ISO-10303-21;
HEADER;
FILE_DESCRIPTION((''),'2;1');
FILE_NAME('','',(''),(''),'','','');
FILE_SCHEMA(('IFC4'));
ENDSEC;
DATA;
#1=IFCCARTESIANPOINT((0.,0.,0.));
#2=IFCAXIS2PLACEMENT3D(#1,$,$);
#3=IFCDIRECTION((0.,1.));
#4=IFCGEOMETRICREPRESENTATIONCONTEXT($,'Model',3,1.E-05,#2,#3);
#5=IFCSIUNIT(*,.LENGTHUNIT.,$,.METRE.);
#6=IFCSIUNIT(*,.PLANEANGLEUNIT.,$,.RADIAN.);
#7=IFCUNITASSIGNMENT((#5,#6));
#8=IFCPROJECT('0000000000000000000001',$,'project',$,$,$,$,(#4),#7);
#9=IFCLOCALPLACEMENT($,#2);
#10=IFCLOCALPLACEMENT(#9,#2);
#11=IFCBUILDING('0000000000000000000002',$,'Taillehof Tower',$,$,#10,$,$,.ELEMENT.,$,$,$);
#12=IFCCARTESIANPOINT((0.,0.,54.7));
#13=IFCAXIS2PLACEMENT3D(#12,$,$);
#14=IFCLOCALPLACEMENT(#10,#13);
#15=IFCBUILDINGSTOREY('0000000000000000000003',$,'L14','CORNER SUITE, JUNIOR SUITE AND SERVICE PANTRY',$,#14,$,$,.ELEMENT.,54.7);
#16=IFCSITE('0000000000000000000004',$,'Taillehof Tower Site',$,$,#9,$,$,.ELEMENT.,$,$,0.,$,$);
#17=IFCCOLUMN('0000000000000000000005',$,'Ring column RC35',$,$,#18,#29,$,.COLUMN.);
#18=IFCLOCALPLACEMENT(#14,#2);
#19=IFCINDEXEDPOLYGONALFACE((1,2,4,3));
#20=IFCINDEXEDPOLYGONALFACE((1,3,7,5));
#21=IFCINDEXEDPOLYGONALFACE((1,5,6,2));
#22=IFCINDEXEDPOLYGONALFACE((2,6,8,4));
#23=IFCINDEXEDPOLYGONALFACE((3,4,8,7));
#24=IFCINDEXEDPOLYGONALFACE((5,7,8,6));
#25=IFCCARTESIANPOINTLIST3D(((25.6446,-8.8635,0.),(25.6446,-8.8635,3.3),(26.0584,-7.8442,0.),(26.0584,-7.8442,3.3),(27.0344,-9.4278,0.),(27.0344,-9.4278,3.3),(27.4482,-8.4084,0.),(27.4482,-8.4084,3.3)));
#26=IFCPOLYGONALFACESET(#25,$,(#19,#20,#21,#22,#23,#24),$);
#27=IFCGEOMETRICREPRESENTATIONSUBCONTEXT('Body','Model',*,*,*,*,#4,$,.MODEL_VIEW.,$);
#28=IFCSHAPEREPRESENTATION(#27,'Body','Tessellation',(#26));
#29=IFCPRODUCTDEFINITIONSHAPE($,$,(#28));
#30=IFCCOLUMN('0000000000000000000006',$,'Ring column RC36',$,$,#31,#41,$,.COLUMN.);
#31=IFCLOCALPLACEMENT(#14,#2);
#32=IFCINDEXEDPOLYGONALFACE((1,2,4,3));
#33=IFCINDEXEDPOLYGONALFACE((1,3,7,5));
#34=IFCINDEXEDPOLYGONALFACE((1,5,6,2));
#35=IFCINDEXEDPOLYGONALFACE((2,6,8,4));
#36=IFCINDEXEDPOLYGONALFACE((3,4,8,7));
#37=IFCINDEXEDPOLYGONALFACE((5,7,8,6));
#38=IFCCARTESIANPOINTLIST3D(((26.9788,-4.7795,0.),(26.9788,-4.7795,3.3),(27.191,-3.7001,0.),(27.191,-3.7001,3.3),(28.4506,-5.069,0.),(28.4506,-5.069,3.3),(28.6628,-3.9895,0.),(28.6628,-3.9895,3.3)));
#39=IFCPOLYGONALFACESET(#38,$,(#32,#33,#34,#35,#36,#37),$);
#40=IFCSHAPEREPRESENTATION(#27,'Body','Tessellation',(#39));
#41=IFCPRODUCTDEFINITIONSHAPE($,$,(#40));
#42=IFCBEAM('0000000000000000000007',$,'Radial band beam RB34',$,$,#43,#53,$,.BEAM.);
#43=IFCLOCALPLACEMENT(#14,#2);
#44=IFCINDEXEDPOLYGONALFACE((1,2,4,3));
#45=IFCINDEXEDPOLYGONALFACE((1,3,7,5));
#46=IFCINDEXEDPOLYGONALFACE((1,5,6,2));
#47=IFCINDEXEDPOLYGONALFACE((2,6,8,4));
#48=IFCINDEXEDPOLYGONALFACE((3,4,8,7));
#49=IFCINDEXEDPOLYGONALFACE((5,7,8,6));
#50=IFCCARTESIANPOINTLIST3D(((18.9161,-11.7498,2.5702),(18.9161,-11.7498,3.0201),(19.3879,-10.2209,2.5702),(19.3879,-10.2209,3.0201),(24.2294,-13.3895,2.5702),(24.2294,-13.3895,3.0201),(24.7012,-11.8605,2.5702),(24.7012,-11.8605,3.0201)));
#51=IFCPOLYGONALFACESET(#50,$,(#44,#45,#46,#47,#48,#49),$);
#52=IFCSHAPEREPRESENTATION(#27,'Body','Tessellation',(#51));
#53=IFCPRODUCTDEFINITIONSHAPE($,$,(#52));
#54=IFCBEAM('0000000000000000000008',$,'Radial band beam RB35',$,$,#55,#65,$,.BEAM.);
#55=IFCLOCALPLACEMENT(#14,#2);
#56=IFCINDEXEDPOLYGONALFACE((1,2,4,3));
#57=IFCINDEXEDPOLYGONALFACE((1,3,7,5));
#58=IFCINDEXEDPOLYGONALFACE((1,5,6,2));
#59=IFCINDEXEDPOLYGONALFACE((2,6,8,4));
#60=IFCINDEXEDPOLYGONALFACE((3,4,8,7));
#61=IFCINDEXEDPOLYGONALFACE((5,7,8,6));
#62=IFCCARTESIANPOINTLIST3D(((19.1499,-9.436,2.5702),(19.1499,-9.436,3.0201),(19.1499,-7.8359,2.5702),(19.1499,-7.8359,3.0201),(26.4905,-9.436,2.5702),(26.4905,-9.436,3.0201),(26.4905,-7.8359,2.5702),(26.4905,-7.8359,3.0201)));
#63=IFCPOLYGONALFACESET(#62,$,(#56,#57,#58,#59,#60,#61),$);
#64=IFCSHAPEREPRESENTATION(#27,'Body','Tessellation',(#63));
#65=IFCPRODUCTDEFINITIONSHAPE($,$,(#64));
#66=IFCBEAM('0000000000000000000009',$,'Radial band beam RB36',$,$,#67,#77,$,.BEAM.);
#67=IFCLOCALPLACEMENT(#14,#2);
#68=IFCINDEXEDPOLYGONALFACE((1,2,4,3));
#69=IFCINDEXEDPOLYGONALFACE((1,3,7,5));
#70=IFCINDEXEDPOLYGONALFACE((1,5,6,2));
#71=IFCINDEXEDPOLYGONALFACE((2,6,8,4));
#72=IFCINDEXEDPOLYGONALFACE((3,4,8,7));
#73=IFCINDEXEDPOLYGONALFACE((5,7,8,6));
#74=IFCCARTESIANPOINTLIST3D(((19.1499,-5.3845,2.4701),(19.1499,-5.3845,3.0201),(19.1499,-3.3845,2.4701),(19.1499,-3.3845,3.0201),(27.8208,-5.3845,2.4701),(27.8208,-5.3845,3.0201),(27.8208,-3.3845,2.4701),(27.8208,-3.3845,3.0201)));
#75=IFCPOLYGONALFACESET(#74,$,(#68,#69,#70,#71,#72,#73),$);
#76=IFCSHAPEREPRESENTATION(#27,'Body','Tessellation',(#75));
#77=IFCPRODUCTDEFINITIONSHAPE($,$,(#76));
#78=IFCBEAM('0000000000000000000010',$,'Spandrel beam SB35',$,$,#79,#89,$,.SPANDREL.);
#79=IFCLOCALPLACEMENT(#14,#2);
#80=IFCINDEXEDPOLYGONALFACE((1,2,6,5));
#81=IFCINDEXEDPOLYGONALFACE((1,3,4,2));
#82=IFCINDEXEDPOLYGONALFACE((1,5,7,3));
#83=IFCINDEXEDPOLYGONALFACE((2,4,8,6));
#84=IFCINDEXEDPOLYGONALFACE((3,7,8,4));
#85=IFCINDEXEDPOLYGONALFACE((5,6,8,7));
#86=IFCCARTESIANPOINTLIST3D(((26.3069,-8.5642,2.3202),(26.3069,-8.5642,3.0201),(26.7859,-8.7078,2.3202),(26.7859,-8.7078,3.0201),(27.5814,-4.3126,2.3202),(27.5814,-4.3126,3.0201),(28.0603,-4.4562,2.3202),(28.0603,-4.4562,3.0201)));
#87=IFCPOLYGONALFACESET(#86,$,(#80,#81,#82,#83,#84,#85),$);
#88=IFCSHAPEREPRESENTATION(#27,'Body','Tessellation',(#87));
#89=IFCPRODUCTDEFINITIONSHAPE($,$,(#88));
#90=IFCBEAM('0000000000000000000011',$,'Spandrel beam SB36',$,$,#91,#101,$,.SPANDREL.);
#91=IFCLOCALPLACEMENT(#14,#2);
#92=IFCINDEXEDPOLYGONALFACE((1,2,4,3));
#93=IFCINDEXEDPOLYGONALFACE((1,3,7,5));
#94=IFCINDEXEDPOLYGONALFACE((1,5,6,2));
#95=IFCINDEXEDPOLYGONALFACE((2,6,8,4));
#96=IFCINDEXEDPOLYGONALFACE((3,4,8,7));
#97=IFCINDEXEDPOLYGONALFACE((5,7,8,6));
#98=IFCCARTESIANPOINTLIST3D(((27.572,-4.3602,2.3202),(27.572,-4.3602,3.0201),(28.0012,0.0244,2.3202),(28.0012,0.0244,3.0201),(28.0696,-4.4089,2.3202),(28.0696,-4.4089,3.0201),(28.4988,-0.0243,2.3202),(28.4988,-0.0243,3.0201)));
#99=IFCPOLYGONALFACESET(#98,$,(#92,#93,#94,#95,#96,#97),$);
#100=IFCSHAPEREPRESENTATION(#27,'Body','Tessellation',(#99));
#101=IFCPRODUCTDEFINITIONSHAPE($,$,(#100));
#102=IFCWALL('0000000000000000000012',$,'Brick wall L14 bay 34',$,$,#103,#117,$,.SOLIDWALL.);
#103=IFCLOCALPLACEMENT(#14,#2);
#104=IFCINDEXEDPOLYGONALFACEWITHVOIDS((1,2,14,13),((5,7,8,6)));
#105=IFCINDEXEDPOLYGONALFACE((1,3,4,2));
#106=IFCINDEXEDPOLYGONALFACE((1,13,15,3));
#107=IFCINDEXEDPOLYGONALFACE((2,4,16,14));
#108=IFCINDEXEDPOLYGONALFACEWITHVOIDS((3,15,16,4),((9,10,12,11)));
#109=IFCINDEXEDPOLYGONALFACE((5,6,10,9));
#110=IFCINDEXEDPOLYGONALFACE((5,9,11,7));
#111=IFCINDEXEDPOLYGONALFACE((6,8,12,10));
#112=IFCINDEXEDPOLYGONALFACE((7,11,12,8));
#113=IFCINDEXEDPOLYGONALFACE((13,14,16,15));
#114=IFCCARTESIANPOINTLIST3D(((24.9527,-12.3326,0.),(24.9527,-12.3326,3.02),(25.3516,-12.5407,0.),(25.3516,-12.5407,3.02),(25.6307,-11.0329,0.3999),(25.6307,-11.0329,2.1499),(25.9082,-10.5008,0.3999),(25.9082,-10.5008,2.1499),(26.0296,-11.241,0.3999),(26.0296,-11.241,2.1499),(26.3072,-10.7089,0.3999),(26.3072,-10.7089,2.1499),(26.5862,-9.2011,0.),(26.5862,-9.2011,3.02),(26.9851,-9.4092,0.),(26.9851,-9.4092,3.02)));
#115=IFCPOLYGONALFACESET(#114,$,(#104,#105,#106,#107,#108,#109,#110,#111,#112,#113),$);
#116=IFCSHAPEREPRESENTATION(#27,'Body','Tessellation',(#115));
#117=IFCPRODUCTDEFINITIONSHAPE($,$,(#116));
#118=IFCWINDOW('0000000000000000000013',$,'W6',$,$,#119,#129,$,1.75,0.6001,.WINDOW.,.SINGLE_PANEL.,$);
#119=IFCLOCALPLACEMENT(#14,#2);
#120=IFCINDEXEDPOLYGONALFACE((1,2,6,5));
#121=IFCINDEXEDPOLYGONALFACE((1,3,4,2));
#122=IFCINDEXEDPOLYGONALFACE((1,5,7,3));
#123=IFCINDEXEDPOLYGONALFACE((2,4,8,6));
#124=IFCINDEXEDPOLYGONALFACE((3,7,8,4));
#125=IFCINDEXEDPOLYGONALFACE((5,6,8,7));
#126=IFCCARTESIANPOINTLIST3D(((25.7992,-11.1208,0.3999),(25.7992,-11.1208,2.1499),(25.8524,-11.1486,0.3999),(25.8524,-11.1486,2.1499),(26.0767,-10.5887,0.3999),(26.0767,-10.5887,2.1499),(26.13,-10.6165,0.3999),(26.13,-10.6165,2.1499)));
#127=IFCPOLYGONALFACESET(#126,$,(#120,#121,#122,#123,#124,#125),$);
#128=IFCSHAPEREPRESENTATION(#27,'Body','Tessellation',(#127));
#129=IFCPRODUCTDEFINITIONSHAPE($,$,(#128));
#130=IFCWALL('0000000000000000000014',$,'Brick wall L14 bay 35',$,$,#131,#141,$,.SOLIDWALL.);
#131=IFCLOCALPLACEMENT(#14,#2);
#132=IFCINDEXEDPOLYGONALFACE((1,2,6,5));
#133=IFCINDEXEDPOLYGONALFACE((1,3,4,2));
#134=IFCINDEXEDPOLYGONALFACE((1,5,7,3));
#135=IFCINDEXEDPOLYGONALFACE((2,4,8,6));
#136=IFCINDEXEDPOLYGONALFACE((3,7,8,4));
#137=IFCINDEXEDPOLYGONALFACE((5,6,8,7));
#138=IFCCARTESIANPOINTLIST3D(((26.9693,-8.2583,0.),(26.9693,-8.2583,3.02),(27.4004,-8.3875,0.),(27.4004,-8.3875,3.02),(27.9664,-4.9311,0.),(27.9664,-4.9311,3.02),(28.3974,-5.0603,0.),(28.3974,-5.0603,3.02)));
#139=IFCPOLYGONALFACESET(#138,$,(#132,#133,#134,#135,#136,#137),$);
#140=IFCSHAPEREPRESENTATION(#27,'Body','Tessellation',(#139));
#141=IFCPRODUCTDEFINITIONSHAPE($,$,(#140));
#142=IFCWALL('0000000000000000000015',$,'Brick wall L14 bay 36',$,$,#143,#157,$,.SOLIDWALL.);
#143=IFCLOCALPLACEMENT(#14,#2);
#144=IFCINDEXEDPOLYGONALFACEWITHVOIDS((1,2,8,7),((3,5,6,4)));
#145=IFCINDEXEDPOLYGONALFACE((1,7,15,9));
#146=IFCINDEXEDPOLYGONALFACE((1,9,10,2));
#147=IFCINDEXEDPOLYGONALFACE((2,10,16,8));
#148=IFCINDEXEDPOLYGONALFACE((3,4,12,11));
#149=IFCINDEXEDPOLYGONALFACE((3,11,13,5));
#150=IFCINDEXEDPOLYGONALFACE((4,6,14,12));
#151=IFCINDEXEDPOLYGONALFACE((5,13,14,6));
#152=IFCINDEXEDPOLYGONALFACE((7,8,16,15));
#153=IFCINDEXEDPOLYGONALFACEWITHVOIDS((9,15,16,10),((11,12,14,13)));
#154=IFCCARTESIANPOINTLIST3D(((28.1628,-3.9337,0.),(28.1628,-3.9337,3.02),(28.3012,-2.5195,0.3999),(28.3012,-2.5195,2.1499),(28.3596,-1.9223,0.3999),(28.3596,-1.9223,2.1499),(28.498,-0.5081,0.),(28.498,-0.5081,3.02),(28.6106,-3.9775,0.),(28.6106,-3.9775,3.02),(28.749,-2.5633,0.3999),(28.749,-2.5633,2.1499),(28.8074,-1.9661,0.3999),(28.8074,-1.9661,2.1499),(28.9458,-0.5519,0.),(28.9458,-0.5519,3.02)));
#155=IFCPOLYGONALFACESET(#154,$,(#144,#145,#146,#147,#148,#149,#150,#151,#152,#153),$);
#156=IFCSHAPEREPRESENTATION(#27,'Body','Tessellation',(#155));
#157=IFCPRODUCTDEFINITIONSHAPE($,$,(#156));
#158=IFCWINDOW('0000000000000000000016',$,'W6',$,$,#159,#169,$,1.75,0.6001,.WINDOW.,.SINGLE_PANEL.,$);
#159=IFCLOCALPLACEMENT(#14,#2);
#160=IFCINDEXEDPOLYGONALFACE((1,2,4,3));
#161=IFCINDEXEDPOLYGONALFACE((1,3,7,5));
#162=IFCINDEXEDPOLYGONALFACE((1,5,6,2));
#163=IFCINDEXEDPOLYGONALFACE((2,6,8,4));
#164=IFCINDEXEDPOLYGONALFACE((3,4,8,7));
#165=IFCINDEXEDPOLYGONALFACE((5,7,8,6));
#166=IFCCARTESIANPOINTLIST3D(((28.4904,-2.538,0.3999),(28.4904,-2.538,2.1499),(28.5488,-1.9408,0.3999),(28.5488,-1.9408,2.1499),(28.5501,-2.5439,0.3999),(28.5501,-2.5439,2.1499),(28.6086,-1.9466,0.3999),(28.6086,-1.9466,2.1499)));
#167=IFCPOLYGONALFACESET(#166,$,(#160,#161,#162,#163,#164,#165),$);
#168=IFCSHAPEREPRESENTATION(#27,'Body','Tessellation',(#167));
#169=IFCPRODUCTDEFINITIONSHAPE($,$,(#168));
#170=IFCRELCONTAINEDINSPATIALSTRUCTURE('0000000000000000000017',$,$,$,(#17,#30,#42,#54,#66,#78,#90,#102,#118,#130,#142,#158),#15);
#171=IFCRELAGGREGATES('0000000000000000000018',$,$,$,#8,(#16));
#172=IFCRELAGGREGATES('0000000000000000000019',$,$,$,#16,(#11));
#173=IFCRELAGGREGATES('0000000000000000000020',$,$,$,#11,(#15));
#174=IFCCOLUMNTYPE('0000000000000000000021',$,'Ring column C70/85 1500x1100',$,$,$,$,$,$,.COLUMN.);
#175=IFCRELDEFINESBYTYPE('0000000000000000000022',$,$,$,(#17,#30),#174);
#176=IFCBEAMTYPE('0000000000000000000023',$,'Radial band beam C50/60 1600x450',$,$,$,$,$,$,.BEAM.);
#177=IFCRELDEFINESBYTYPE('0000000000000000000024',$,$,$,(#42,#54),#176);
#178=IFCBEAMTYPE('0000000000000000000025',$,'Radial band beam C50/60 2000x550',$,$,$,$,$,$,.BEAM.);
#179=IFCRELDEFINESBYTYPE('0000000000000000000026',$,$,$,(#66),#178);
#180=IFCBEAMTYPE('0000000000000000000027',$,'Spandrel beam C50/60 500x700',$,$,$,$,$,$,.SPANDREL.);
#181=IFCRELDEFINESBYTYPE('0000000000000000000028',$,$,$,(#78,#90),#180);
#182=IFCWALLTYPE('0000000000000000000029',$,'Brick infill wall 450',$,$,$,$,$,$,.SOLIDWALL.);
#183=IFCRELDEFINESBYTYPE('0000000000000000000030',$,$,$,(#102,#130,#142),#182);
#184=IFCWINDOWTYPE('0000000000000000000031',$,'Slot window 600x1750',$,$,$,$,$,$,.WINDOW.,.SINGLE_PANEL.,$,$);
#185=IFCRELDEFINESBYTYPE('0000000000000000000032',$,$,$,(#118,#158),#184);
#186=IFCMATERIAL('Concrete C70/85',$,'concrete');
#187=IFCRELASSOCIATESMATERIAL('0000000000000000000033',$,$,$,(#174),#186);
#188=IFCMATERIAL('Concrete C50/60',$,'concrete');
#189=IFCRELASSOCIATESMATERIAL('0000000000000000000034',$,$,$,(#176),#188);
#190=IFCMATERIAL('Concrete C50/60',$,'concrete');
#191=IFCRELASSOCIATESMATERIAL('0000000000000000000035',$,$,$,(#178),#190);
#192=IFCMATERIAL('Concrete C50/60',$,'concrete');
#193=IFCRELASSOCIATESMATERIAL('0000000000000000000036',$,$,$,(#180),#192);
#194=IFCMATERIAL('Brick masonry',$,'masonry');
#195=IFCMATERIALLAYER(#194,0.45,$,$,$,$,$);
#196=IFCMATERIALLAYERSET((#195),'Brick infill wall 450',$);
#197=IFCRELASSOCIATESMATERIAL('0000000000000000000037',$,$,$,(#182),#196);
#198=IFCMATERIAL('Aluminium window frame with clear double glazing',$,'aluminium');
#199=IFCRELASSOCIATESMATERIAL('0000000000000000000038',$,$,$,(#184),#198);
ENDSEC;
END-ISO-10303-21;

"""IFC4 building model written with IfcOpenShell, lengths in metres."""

from ifc_helpers import new_model, si_unit, direction, frame, frame_2d, origin, origin_2d, place, context, subcontext, project, spatial, rectangle, extrude, material, layer, layer_set, material_profile, profile_set, type_object, element, fill, save


model = new_model("IFC4")

# Units and contexts
model_context = context("Model", 3, precision=1e-05, world=origin(), true_north=direction((0.0, 1.0)))
body_context = subcontext(model_context, "Body", "Model", "MODEL_VIEW")
ifc_project = project(units=[si_unit("LENGTHUNIT", "METRE"), si_unit("PLANEANGLEUNIT", "RADIAN")], contexts=[model_context])

# Site, building, storey
site_placement = place(None, origin())
site = spatial("IfcSite", under=ifc_project, at=site_placement, Name="Taillehof Tower Site", CompositionType="ELEMENT", RefElevation=0.0)
building_placement = place(site_placement, origin())
building = spatial("IfcBuilding", under=site, at=building_placement, Name="Taillehof Tower", CompositionType="ELEMENT")
storey_placement = place(building_placement, frame((0.0, 0.0, 54.7)))
storey = spatial("IfcBuildingStorey", under=building, at=storey_placement, Name="L14", Description="CORNER SUITE, JUNIOR SUITE AND SERVICE PANTRY", CompositionType="ELEMENT", Elevation=54.7)

# Columns
ifc_material_1 = material(Name="Concrete C70/85", Category="concrete")
ifc_material_profile_1 = material_profile(ifc_material_1, rectangle(XDim=1.5, YDim=1.1001, at=origin_2d()), Name="RC 1500x1100")
ifc_profile_set_1 = profile_set([ifc_material_profile_1], Name="Concrete C70/85")
column_type = type_object("IfcColumnType", Name="Ring column C70/85 1500x1100", PredefinedType="COLUMN", material=ifc_profile_set_1)
for number, where, z_axis, x_axis, name in (
    (1, (26.5464, -8.636, 0.0), (0.0, 0.0, 1.0), (0.926558, -0.376152, 0.0), "Ring column RC35"),
    (2, (27.8208, -4.3845, 0.0), (0.0, 0.0, 1.0), (0.981204, -0.192976, 0.0), "Ring column RC36"),
):
    element("IfcColumn", number, at=place(storey_placement, frame(where, z_axis=z_axis, x_axis=x_axis)), inside=storey, type_object=column_type, Name=name, PredefinedType="COLUMN", context=body_context, shape_type="SweptSolid", body=[
        extrude(rectangle(XDim=1.5, YDim=1.1001, at=origin_2d()), origin(), (0.0, 0.0, 1.0), 3.3),
    ])

# Beams
ifc_material_2 = material(Name="Concrete C50/60", Category="concrete")
ifc_material_profile_2 = material_profile(ifc_material_2, rectangle(XDim=1.6001, YDim=0.45, at=origin_2d()), Name="RC 1600x450")
ifc_profile_set_2 = profile_set([ifc_material_profile_2], Name="Concrete C50/60")
beam_type_1 = type_object("IfcBeamType", Name="Radial band beam C50/60 1600x450", PredefinedType="BEAM", material=ifc_profile_set_2)
beam_1_placement = place(storey_placement, frame((24.4653, -12.625, 2.7952), z_axis=(-0.955536, 0.294876, 0.0), x_axis=(-0.294876, -0.955536, 0.0)))
element("IfcBeam", 3, at=beam_1_placement, inside=storey, type_object=beam_type_1, Name="Radial band beam RB34", PredefinedType="BEAM", context=body_context, shape_type="SweptSolid", body=[
    extrude(rectangle(XDim=1.6001, YDim=0.45, at=origin_2d()), origin(), (0.0, 0.0, 1.0), 5.5605),
])
beam_2_placement = place(storey_placement, frame((26.4905, -8.636, 2.7952), z_axis=(-1.0, 0.0, 0.0), x_axis=(0.0, -1.0, 0.0)))
element("IfcBeam", 4, at=beam_2_placement, inside=storey, type_object=beam_type_1, Name="Radial band beam RB35", PredefinedType="BEAM", context=body_context, shape_type="SweptSolid", body=[
    extrude(rectangle(XDim=1.6001, YDim=0.45, at=origin_2d()), origin(), (0.0, 0.0, 1.0), 7.3406),
])
ifc_material_3 = material(Name="Concrete C50/60", Category="concrete")
ifc_material_profile_3 = material_profile(ifc_material_3, rectangle(XDim=2.0, YDim=0.55, at=origin_2d()), Name="RC 2000x550")
ifc_profile_set_3 = profile_set([ifc_material_profile_3], Name="Concrete C50/60")
beam_type_2 = type_object("IfcBeamType", Name="Radial band beam C50/60 2000x550", PredefinedType="BEAM", material=ifc_profile_set_3)
beam_3_placement = place(storey_placement, frame((27.8208, -4.3845, 2.7451), z_axis=(-1.0, 0.0, 0.0), x_axis=(0.0, -1.0, 0.0)))
element("IfcBeam", 5, at=beam_3_placement, inside=storey, type_object=beam_type_2, Name="Radial band beam RB36", PredefinedType="BEAM", context=body_context, shape_type="SweptSolid", body=[
    extrude(rectangle(XDim=2.0, YDim=0.55, at=origin_2d()), origin(), (0.0, 0.0, 1.0), 8.6709),
])
ifc_material_4 = material(Name="Concrete C50/60", Category="concrete")
ifc_material_profile_4 = material_profile(ifc_material_4, rectangle(XDim=0.5, YDim=0.7, at=origin_2d()), Name="RC 500x700")
ifc_profile_set_4 = profile_set([ifc_material_profile_4], Name="Concrete C50/60")
beam_type_3 = type_object("IfcBeamType", Name="Spandrel beam C50/60 500x700", PredefinedType="SPANDREL", material=ifc_profile_set_4)
beam_4_placement = place(storey_placement, frame((26.5464, -8.636, 2.6702), z_axis=(0.287136, 0.95789, 0.0), x_axis=(-0.95789, 0.287136, 0.0)))
element("IfcBeam", 6, at=beam_4_placement, inside=storey, type_object=beam_type_3, Name="Spandrel beam SB35", PredefinedType="SPANDREL", context=body_context, shape_type="SweptSolid", body=[
    extrude(rectangle(XDim=0.5, YDim=0.7, at=origin_2d()), origin(), (0.0, 0.0, 1.0), 4.4385),
])
beam_5_placement = place(storey_placement, frame((27.8208, -4.3845, 2.6702), z_axis=(0.097424, 0.995243, 0.0), x_axis=(-0.995243, 0.097424, 0.0)))
element("IfcBeam", 7, at=beam_5_placement, inside=storey, type_object=beam_type_3, Name="Spandrel beam SB36", PredefinedType="SPANDREL", context=body_context, shape_type="SweptSolid", body=[
    extrude(rectangle(XDim=0.5, YDim=0.7, at=origin_2d()), origin(), (0.0, 0.0, 1.0), 4.4055),
])

# Wall, opening, window
ifc_material_5 = material(Name="Brick masonry", Category="masonry")
ifc_layer_1 = layer(ifc_material_5, 0.45)
ifc_layer_set_1 = layer_set([ifc_layer_1], Name="Brick infill wall 450")
wall_type_1 = type_object("IfcWallType", Name="Brick infill wall 450", PredefinedType="SOLIDWALL", material=ifc_layer_set_1)
wall_1_placement = place(storey_placement, frame((25.1521, -12.4368, 0.0), z_axis=(0.0, 0.0, 1.0), x_axis=(0.462493, 0.886623, 0.0)))
wall_1 = element("IfcWall", 8, at=wall_1_placement, inside=storey, type_object=wall_type_1, Name="Brick wall L14 bay 34", PredefinedType="SOLIDWALL", context=body_context, shape_type="SweptSolid", body=[
    extrude(rectangle(XDim=3.532, YDim=0.45, at=frame_2d((1.7661, 0.0))), origin(), (0.0, 0.0, 1.0), 3.02),
])
opening_1_placement = place(wall_1_placement, frame((1.4661, 0.0, 0.3999)))
opening_1 = element("IfcOpeningElement", 9, at=opening_1_placement, cuts=wall_1, PredefinedType="OPENING", context=body_context, shape_type="SweptSolid", body=[
    extrude(rectangle(XDim=0.6001, YDim=1.75, at=frame_2d((0.3, 0.875))), frame((0.0, 0.2349, 0.0), z_axis=(0.0, -1.0, 0.0), x_axis=(1.0, 0.0, 0.0)), (0.0, 0.0, 1.0), 0.47),
])
ifc_material_6 = material(Name="Aluminium window frame with clear double glazing", Category="aluminium")
window_type = type_object("IfcWindowType", Name="Slot window 600x1750", PartitioningType="SINGLE_PANEL", PredefinedType="WINDOW", material=ifc_material_6)
window_1_placement = place(opening_1_placement, origin())
window_1 = element("IfcWindow", 10, at=window_1_placement, inside=storey, type_object=window_type, Name="W6", OverallHeight=1.75, OverallWidth=0.6001, PartitioningType="SINGLE_PANEL", PredefinedType="WINDOW", context=body_context, shape_type="SweptSolid", body=[
    extrude(rectangle(XDim=0.6001, YDim=1.75, at=frame_2d((0.3, 0.875))), frame((0.0, 0.0349, 0.0), z_axis=(0.0, -1.0, 0.0), x_axis=(1.0, 0.0, 0.0)), (0.0, 0.0, 1.0), 0.0601),
])
fill(opening_1, window_1)

# Wall
wall_2_placement = place(storey_placement, frame((27.1848, -8.323, 0.0), z_axis=(0.0, 0.0, 1.0), x_axis=(0.287064, 0.957911, 0.0)))
element("IfcWall", 11, at=wall_2_placement, inside=storey, type_object=wall_type_1, Name="Brick wall L14 bay 35", PredefinedType="SOLIDWALL", context=body_context, shape_type="SweptSolid", body=[
    extrude(rectangle(XDim=3.4734, YDim=0.45, at=frame_2d((1.7368, 0.0))), origin(), (0.0, 0.0, 1.0), 3.02),
])

# Wall, opening, window
wall_3_placement = place(storey_placement, frame((28.3867, -3.9556, 0.0), z_axis=(0.0, 0.0, 1.0), x_axis=(0.09739, 0.995246, 0.0)))
wall_3 = element("IfcWall", 12, at=wall_3_placement, inside=storey, type_object=wall_type_1, Name="Brick wall L14 bay 36", PredefinedType="SOLIDWALL", context=body_context, shape_type="SweptSolid", body=[
    extrude(rectangle(XDim=3.4419, YDim=0.45, at=frame_2d((1.7209, 0.0))), origin(), (0.0, 0.0, 1.0), 3.02),
])
opening_2_placement = place(wall_3_placement, frame((1.4209, 0.0, 0.3999)))
opening_2 = element("IfcOpeningElement", 13, at=opening_2_placement, cuts=wall_3, PredefinedType="OPENING", context=body_context, shape_type="SweptSolid", body=[
    extrude(rectangle(XDim=0.6001, YDim=1.75, at=frame_2d((0.3, 0.875))), frame((0.0, 0.2349, 0.0), z_axis=(0.0, -1.0, 0.0), x_axis=(1.0, 0.0, 0.0)), (0.0, 0.0, 1.0), 0.47),
])
window_2_placement = place(opening_2_placement, origin())
window_2 = element("IfcWindow", 14, at=window_2_placement, inside=storey, type_object=window_type, Name="W6", OverallHeight=1.75, OverallWidth=0.6001, PartitioningType="SINGLE_PANEL", PredefinedType="WINDOW", context=body_context, shape_type="SweptSolid", body=[
    extrude(rectangle(XDim=0.6001, YDim=1.75, at=frame_2d((0.3, 0.875))), frame((0.0, 0.0349, 0.0), z_axis=(0.0, -1.0, 0.0), x_axis=(1.0, 0.0, 0.0)), (0.0, 0.0, 1.0), 0.0601),
])
fill(opening_2, window_2)

save(model, "model.ifc")
